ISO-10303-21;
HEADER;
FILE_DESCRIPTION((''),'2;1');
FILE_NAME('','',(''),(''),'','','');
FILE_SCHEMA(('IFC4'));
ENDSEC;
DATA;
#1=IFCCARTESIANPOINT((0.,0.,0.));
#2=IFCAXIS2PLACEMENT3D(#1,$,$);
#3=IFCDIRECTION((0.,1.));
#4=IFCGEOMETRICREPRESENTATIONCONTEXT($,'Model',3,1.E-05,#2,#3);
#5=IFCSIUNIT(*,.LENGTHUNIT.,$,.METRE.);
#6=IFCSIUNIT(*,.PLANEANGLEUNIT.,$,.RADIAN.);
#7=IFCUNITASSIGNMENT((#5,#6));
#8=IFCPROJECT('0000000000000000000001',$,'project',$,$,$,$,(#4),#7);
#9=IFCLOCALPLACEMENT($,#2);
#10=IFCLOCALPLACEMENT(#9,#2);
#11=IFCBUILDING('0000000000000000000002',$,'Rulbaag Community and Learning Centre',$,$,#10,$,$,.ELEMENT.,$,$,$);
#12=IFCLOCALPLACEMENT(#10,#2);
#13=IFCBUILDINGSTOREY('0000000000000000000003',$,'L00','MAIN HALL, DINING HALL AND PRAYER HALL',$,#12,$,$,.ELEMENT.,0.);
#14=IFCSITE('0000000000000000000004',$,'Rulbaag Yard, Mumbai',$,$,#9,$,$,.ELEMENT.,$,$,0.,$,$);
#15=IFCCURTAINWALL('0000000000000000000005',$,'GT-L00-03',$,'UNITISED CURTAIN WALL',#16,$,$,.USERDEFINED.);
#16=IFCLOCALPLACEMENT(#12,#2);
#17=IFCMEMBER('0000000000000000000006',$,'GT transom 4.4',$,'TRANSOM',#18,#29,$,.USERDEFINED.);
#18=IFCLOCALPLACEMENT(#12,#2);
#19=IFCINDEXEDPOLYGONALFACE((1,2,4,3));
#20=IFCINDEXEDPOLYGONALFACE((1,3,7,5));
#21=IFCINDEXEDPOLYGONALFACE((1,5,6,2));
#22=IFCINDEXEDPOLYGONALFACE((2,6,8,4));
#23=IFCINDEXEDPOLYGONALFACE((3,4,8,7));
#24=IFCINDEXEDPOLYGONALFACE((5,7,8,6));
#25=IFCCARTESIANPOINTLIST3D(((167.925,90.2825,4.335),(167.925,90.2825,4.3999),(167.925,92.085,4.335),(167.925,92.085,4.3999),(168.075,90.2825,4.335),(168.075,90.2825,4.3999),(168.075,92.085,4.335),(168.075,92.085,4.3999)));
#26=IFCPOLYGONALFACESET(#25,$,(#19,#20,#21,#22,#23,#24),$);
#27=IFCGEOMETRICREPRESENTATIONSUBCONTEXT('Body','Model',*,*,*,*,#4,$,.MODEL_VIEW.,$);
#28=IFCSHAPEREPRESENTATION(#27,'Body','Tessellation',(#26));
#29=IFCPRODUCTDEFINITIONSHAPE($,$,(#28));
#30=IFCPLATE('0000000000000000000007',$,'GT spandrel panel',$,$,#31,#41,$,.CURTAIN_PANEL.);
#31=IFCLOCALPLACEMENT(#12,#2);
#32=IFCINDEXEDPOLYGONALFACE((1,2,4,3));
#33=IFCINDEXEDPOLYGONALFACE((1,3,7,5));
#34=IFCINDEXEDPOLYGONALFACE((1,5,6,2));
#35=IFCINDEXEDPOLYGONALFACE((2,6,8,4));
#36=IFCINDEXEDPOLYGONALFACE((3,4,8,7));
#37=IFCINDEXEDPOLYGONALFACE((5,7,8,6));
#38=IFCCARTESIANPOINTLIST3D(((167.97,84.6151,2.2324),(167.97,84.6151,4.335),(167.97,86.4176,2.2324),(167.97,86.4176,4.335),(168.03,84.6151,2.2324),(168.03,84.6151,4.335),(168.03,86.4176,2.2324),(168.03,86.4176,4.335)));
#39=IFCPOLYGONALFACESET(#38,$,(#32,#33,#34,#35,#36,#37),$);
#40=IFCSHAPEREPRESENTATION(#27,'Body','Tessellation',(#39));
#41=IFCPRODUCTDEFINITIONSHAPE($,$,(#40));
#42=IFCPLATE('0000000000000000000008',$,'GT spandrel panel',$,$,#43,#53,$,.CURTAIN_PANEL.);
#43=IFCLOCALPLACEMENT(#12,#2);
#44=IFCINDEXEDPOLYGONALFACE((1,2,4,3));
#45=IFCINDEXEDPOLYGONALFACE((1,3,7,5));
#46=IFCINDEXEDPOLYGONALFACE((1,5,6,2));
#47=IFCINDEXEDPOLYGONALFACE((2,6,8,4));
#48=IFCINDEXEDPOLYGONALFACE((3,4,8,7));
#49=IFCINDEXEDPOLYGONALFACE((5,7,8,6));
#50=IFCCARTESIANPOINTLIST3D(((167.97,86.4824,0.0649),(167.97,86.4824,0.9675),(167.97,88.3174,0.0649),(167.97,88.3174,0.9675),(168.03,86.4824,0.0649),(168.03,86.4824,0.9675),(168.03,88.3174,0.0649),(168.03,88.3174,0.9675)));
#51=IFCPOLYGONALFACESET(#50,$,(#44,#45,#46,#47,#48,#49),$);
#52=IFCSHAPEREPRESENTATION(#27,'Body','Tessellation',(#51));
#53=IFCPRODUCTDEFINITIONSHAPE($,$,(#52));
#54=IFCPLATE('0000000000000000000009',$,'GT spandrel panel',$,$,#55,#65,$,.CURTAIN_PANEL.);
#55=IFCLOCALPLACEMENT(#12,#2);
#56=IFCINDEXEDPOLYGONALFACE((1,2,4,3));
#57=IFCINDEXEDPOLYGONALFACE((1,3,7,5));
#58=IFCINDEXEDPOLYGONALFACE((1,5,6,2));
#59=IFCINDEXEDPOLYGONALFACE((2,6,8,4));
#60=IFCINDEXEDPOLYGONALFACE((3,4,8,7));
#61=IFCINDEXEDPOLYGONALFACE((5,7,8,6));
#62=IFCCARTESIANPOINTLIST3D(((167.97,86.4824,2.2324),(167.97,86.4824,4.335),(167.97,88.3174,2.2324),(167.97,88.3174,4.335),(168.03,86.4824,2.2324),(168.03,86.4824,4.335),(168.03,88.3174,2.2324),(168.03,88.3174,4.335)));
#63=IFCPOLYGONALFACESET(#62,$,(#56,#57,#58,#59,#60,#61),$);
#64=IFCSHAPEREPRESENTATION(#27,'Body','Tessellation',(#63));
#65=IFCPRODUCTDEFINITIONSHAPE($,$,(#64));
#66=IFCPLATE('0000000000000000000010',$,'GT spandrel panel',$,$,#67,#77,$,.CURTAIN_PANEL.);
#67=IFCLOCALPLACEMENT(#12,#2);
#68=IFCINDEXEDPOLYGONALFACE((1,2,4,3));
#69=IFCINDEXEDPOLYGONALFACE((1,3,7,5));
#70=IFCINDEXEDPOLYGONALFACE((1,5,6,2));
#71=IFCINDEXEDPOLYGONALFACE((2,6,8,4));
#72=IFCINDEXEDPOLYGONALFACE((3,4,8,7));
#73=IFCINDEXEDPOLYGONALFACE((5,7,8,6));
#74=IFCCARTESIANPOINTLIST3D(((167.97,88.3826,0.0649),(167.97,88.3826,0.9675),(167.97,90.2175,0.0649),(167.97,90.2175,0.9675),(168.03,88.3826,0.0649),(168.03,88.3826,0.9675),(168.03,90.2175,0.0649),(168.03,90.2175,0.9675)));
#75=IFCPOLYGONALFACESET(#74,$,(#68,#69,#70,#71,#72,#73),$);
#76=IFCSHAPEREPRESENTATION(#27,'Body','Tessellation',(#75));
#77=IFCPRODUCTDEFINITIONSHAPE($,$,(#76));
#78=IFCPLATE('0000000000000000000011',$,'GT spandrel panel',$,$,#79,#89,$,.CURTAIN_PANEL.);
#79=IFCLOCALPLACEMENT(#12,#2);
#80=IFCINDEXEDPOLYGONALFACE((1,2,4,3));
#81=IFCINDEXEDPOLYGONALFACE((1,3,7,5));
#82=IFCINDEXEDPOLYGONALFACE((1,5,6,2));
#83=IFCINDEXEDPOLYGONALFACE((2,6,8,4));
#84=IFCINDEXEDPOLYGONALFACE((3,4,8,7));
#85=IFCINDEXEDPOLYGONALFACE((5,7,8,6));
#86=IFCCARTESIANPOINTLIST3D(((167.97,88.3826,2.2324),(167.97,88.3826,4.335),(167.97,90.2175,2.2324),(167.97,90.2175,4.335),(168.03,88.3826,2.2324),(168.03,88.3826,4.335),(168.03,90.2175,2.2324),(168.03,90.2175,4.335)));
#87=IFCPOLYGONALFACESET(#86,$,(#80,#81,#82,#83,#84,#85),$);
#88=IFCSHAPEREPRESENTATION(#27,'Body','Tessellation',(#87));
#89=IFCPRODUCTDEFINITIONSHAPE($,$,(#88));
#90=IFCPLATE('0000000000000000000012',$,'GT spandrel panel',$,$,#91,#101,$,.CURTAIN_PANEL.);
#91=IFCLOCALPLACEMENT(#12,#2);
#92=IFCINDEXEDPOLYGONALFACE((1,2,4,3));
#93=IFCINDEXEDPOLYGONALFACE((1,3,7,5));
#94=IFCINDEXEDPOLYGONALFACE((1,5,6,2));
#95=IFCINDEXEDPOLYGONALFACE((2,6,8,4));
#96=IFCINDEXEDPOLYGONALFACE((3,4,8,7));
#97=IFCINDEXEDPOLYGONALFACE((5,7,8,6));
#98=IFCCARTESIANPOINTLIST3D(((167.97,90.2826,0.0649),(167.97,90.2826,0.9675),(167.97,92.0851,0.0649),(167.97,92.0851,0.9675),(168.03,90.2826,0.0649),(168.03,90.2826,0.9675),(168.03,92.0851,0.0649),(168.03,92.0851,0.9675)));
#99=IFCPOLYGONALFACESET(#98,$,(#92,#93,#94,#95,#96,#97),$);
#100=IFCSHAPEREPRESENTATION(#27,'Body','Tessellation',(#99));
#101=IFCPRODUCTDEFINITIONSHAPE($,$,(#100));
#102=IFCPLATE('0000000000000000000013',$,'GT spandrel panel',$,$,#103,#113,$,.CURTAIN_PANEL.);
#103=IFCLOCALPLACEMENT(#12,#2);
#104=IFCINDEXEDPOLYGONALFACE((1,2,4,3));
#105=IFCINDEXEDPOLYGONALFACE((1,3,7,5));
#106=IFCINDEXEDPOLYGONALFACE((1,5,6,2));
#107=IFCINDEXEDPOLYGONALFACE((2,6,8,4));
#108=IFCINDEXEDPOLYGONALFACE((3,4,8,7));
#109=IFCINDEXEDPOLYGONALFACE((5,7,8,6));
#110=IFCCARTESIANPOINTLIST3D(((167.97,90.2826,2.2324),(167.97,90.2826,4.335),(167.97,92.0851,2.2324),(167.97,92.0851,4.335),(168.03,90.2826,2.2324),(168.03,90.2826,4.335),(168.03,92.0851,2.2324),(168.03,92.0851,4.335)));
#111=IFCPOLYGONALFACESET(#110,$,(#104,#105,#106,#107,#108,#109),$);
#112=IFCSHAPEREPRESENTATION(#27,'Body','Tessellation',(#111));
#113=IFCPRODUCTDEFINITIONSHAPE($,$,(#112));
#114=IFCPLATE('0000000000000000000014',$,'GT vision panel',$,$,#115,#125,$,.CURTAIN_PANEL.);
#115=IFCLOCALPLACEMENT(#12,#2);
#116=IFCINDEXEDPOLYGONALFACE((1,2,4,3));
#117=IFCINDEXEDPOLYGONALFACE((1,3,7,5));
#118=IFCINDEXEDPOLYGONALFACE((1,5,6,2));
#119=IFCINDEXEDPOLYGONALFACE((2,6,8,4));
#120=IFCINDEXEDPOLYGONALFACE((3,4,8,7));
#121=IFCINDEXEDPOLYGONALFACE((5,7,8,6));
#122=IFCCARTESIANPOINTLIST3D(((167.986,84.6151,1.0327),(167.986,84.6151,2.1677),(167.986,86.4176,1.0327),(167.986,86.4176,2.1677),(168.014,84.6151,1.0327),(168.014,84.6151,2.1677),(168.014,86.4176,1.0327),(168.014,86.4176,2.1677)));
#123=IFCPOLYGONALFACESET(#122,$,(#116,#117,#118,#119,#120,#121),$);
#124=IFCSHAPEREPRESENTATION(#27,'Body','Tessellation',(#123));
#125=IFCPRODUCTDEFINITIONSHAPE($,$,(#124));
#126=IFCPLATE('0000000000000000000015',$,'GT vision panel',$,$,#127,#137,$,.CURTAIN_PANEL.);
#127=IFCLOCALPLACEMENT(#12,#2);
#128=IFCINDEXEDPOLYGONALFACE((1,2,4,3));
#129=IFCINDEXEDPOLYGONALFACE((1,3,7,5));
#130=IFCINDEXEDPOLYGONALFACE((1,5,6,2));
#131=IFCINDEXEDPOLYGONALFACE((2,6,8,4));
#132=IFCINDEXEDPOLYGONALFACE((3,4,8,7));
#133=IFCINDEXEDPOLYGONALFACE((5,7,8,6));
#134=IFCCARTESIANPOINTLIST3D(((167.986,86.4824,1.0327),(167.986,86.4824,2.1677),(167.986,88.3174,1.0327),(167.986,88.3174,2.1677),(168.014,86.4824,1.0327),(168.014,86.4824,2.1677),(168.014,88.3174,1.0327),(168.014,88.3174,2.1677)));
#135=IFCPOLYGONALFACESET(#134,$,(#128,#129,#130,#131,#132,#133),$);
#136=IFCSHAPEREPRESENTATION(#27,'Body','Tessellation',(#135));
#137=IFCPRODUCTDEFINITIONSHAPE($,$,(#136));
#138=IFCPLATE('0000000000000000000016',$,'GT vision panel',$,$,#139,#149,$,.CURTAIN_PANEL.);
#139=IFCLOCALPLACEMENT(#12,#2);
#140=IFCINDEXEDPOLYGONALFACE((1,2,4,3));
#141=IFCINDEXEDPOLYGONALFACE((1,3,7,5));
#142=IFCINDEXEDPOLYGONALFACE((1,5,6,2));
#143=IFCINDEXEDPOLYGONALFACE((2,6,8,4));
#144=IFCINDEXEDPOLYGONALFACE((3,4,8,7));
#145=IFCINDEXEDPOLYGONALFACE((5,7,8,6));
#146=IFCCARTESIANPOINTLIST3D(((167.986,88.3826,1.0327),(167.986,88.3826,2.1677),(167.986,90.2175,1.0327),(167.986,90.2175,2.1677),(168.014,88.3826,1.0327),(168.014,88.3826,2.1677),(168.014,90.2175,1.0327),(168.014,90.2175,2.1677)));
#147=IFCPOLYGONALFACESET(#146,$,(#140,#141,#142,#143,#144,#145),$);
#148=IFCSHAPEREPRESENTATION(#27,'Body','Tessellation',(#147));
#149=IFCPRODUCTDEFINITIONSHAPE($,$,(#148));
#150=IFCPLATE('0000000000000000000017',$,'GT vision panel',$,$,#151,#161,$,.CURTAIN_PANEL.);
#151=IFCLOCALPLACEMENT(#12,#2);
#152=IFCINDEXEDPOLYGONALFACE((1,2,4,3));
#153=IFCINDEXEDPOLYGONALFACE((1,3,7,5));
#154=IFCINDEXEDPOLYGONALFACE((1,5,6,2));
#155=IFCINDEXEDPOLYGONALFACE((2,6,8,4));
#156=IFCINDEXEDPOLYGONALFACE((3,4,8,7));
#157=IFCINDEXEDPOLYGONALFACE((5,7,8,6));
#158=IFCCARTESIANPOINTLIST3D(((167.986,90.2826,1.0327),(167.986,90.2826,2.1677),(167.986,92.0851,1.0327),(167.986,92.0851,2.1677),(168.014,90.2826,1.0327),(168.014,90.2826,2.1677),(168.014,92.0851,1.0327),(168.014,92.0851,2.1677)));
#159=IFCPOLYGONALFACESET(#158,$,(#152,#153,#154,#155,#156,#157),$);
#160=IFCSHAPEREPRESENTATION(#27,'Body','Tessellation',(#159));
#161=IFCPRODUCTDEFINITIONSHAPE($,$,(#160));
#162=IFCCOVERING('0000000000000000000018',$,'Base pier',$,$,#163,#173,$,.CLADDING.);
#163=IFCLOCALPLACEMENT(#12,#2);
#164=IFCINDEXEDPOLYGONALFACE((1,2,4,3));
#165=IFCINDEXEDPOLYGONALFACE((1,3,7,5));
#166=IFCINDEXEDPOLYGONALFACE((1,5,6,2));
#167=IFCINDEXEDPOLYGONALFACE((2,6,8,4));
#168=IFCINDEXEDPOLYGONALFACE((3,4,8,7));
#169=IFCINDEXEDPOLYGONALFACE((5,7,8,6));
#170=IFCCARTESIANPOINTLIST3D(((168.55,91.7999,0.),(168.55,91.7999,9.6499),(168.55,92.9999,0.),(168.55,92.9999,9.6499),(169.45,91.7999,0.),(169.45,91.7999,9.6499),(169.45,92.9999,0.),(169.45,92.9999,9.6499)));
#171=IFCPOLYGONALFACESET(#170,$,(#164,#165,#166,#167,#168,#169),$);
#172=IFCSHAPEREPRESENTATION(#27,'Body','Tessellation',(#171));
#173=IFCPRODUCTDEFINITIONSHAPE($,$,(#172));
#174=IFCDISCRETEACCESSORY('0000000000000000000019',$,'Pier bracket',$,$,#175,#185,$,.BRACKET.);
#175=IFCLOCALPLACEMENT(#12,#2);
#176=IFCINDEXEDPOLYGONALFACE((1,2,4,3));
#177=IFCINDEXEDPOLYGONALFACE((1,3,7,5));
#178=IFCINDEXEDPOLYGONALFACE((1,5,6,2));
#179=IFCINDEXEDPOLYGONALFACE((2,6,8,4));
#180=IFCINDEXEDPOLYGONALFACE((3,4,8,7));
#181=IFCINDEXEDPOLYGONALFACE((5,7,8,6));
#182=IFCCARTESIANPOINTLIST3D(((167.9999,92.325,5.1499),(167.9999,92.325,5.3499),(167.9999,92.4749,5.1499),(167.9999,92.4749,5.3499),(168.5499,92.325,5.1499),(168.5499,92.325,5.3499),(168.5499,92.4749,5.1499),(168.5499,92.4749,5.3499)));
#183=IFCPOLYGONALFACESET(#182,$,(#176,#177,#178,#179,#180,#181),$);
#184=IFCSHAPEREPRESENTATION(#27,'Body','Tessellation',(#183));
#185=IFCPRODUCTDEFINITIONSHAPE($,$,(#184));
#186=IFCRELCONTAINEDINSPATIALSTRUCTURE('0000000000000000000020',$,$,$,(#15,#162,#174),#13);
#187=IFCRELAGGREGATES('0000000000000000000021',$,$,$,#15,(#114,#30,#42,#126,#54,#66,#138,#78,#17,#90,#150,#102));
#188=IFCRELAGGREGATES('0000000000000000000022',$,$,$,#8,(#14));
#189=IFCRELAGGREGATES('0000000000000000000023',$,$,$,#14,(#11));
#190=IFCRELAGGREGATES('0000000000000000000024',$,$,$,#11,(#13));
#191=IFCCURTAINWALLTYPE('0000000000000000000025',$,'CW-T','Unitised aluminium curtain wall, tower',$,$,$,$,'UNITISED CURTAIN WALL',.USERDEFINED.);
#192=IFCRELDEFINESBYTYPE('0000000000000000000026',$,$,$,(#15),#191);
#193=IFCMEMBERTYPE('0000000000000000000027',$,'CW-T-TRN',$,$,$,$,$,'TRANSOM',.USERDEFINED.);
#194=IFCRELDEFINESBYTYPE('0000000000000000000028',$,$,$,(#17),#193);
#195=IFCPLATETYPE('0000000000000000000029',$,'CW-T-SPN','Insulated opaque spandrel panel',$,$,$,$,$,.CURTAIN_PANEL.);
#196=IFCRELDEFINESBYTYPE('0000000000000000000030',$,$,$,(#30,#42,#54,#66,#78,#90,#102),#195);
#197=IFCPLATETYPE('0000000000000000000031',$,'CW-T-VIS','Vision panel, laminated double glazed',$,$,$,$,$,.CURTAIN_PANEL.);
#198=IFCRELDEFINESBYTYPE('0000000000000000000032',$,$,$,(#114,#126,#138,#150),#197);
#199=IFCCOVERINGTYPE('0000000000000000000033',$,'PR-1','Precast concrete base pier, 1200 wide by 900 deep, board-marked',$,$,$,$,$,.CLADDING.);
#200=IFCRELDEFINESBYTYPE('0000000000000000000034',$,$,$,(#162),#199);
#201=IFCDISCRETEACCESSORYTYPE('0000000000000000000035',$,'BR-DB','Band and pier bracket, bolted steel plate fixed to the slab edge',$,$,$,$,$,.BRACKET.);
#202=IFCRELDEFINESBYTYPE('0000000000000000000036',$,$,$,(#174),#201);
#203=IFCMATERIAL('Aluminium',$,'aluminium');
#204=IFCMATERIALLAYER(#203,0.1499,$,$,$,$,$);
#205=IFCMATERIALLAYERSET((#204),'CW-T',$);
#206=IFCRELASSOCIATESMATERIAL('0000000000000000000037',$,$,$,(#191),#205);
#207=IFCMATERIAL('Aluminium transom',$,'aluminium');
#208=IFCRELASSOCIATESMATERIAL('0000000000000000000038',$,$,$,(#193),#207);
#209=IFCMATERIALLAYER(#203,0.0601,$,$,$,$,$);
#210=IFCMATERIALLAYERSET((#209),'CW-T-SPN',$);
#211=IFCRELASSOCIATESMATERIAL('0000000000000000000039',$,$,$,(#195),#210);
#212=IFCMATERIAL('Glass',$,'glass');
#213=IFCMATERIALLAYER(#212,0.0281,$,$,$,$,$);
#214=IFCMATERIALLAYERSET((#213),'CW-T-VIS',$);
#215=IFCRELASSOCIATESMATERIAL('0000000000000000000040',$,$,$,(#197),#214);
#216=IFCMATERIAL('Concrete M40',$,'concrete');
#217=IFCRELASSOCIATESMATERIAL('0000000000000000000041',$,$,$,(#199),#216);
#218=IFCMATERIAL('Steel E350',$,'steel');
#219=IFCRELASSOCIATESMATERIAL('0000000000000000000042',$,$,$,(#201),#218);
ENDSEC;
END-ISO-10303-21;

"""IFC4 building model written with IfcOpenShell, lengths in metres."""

from ifc_helpers import new_model, si_unit, direction, frame, origin, origin_2d, place, context, subcontext, project, spatial, rectangle, extrude, material, layer, layer_set, material_profile, profile_set, type_object, element, aggregate, save


model = new_model("IFC4")

# Units and contexts
model_context = context("Model", 3, precision=1e-05, world=origin(), true_north=direction((0.0, 1.0)))
body_context = subcontext(model_context, "Body", "Model", "MODEL_VIEW")
ifc_project = project(units=[si_unit("LENGTHUNIT", "METRE"), si_unit("PLANEANGLEUNIT", "RADIAN")], contexts=[model_context])

# Site, building, storey
site_placement = place(None, origin())
site = spatial("IfcSite", under=ifc_project, at=site_placement, Name="Rulbaag Yard, Mumbai", CompositionType="ELEMENT", RefElevation=0.0)
building_placement = place(site_placement, origin())
building = spatial("IfcBuilding", under=site, at=building_placement, Name="Rulbaag Community and Learning Centre", CompositionType="ELEMENT")
storey_placement = place(building_placement, origin())
storey = spatial("IfcBuildingStorey", under=building, at=storey_placement, Name="L00", Description="MAIN HALL, DINING HALL AND PRAYER HALL", CompositionType="ELEMENT", Elevation=0.0)

# Curtain wall, member, plates
ifc_material_1 = material(Name="Aluminium", Category="aluminium")
ifc_layer_1 = layer(ifc_material_1, 0.1499)
ifc_layer_set_1 = layer_set([ifc_layer_1], Name="CW-T")
curtain_wall_type = type_object("IfcCurtainWallType", Name="CW-T", Description="Unitised aluminium curtain wall, tower", ElementType="UNITISED CURTAIN WALL", PredefinedType="USERDEFINED", material=ifc_layer_set_1)
curtain_wall_placement = place(storey_placement, origin())
curtain_wall = element("IfcCurtainWall", 1, at=curtain_wall_placement, inside=storey, type_object=curtain_wall_type, Name="GT-L00-03", ObjectType="UNITISED CURTAIN WALL", PredefinedType="USERDEFINED")
ifc_material_2 = material(Name="Aluminium transom", Category="aluminium")
ifc_material_profile_1 = material_profile(ifc_material_2, rectangle(XDim=0.1499, YDim=0.0649, at=origin_2d()), Name="AL 65x150 T")
ifc_profile_set_1 = profile_set([ifc_material_profile_1], Name="Aluminium transom")
member_type_1 = type_object("IfcMemberType", Name="CW-T-TRN", ElementType="TRANSOM", PredefinedType="USERDEFINED", material=ifc_profile_set_1)
member_1_placement = place(storey_placement, frame((168.0, 90.2825, 4.3674), z_axis=(0.0, 1.0, 0.0), x_axis=(-1.0, 0.0, 0.0)))
member_1 = element("IfcMember", 2, at=member_1_placement, type_object=member_type_1, Name="GT transom 4.4", ObjectType="TRANSOM", PredefinedType="USERDEFINED", context=body_context, shape_type="SweptSolid", body=[
    extrude(rectangle(XDim=0.1499, YDim=0.0649, at=origin_2d()), origin(), (0.0, 0.0, 1.0), 1.8025),
])
ifc_layer_2 = layer(ifc_material_1, 0.0601)
ifc_layer_set_2 = layer_set([ifc_layer_2], Name="CW-T-SPN")
plate_type_1 = type_object("IfcPlateType", Name="CW-T-SPN", Description="Insulated opaque spandrel panel", PredefinedType="CURTAIN_PANEL", material=ifc_layer_set_2)
plate_1_placement = place(storey_placement, frame((168.0, 85.5164, 2.2324), z_axis=(0.0, 0.0, 1.0), x_axis=(0.0, 1.0, 0.0)))
plate_1 = element("IfcPlate", 3, at=plate_1_placement, type_object=plate_type_1, Name="GT spandrel panel", PredefinedType="CURTAIN_PANEL", context=body_context, shape_type="SweptSolid", body=[
    extrude(rectangle(XDim=1.8025, YDim=0.0601, at=origin_2d()), origin(), (0.0, 0.0, 1.0), 2.1025),
])
plate_2_placement = place(storey_placement, frame((168.0, 87.3999, 0.0649), z_axis=(0.0, 0.0, 1.0), x_axis=(0.0, 1.0, 0.0)))
plate_2 = element("IfcPlate", 4, at=plate_2_placement, type_object=plate_type_1, Name="GT spandrel panel", PredefinedType="CURTAIN_PANEL", context=body_context, shape_type="SweptSolid", body=[
    extrude(rectangle(XDim=1.835, YDim=0.0601, at=origin_2d()), origin(), (0.0, 0.0, 1.0), 0.9026),
])
plate_3_placement = place(storey_placement, frame((168.0, 87.3999, 2.2324), z_axis=(0.0, 0.0, 1.0), x_axis=(0.0, 1.0, 0.0)))
plate_3 = element("IfcPlate", 5, at=plate_3_placement, type_object=plate_type_1, Name="GT spandrel panel", PredefinedType="CURTAIN_PANEL", context=body_context, shape_type="SweptSolid", body=[
    extrude(rectangle(XDim=1.835, YDim=0.0601, at=origin_2d()), origin(), (0.0, 0.0, 1.0), 2.1025),
])
plate_4_placement = place(storey_placement, frame((168.0, 89.3, 0.0649), z_axis=(0.0, 0.0, 1.0), x_axis=(0.0, 1.0, 0.0)))
plate_4 = element("IfcPlate", 6, at=plate_4_placement, type_object=plate_type_1, Name="GT spandrel panel", PredefinedType="CURTAIN_PANEL", context=body_context, shape_type="SweptSolid", body=[
    extrude(rectangle(XDim=1.835, YDim=0.0601, at=origin_2d()), origin(), (0.0, 0.0, 1.0), 0.9026),
])
plate_5_placement = place(storey_placement, frame((168.0, 89.3, 2.2324), z_axis=(0.0, 0.0, 1.0), x_axis=(0.0, 1.0, 0.0)))
plate_5 = element("IfcPlate", 7, at=plate_5_placement, type_object=plate_type_1, Name="GT spandrel panel", PredefinedType="CURTAIN_PANEL", context=body_context, shape_type="SweptSolid", body=[
    extrude(rectangle(XDim=1.835, YDim=0.0601, at=origin_2d()), origin(), (0.0, 0.0, 1.0), 2.1025),
])
plate_6_placement = place(storey_placement, frame((168.0, 91.1838, 0.0649), z_axis=(0.0, 0.0, 1.0), x_axis=(0.0, 1.0, 0.0)))
plate_6 = element("IfcPlate", 8, at=plate_6_placement, type_object=plate_type_1, Name="GT spandrel panel", PredefinedType="CURTAIN_PANEL", context=body_context, shape_type="SweptSolid", body=[
    extrude(rectangle(XDim=1.8025, YDim=0.0601, at=origin_2d()), origin(), (0.0, 0.0, 1.0), 0.9026),
])
plate_7_placement = place(storey_placement, frame((168.0, 91.1838, 2.2324), z_axis=(0.0, 0.0, 1.0), x_axis=(0.0, 1.0, 0.0)))
plate_7 = element("IfcPlate", 9, at=plate_7_placement, type_object=plate_type_1, Name="GT spandrel panel", PredefinedType="CURTAIN_PANEL", context=body_context, shape_type="SweptSolid", body=[
    extrude(rectangle(XDim=1.8025, YDim=0.0601, at=origin_2d()), origin(), (0.0, 0.0, 1.0), 2.1025),
])
ifc_material_3 = material(Name="Glass", Category="glass")
ifc_layer_3 = layer(ifc_material_3, 0.0281)
ifc_layer_set_3 = layer_set([ifc_layer_3], Name="CW-T-VIS")
plate_type_2 = type_object("IfcPlateType", Name="CW-T-VIS", Description="Vision panel, laminated double glazed", PredefinedType="CURTAIN_PANEL", material=ifc_layer_set_3)
plate_8_placement = place(storey_placement, frame((168.0, 85.5164, 1.0327), z_axis=(0.0, 0.0, 1.0), x_axis=(0.0, 1.0, 0.0)))
plate_8 = element("IfcPlate", 10, at=plate_8_placement, type_object=plate_type_2, Name="GT vision panel", PredefinedType="CURTAIN_PANEL", context=body_context, shape_type="SweptSolid", body=[
    extrude(rectangle(XDim=1.8025, YDim=0.0281, at=origin_2d()), origin(), (0.0, 0.0, 1.0), 1.135),
])
plate_9_placement = place(storey_placement, frame((168.0, 87.3999, 1.0327), z_axis=(0.0, 0.0, 1.0), x_axis=(0.0, 1.0, 0.0)))
plate_9 = element("IfcPlate", 11, at=plate_9_placement, type_object=plate_type_2, Name="GT vision panel", PredefinedType="CURTAIN_PANEL", context=body_context, shape_type="SweptSolid", body=[
    extrude(rectangle(XDim=1.835, YDim=0.0281, at=origin_2d()), origin(), (0.0, 0.0, 1.0), 1.135),
])
plate_10_placement = place(storey_placement, frame((168.0, 89.3, 1.0327), z_axis=(0.0, 0.0, 1.0), x_axis=(0.0, 1.0, 0.0)))
plate_10 = element("IfcPlate", 12, at=plate_10_placement, type_object=plate_type_2, Name="GT vision panel", PredefinedType="CURTAIN_PANEL", context=body_context, shape_type="SweptSolid", body=[
    extrude(rectangle(XDim=1.835, YDim=0.0281, at=origin_2d()), origin(), (0.0, 0.0, 1.0), 1.135),
])
plate_11_placement = place(storey_placement, frame((168.0, 91.1838, 1.0327), z_axis=(0.0, 0.0, 1.0), x_axis=(0.0, 1.0, 0.0)))
plate_11 = element("IfcPlate", 13, at=plate_11_placement, type_object=plate_type_2, Name="GT vision panel", PredefinedType="CURTAIN_PANEL", context=body_context, shape_type="SweptSolid", body=[
    extrude(rectangle(XDim=1.8025, YDim=0.0281, at=origin_2d()), origin(), (0.0, 0.0, 1.0), 1.135),
])
aggregate(curtain_wall, [plate_8, plate_1, plate_2, plate_9, plate_3, plate_4, plate_10, plate_5, member_1, plate_6, plate_11, plate_7])

# Covering
ifc_material_4 = material(Name="Concrete M40", Category="concrete")
covering_type = type_object("IfcCoveringType", Name="PR-1", Description="Precast concrete base pier, 1200 wide by 900 deep, board-marked", PredefinedType="CLADDING", material=ifc_material_4)
covering_placement = place(storey_placement, frame((169.0, 92.3999, 0.0), z_axis=(0.0, 0.0, 1.0), x_axis=(1.0, 0.0, 0.0)))
element("IfcCovering", 14, at=covering_placement, inside=storey, type_object=covering_type, Name="Base pier", PredefinedType="CLADDING", context=body_context, shape_type="SweptSolid", body=[
    extrude(rectangle(XDim=0.8999, YDim=1.2, at=origin_2d()), origin(), (0.0, 0.0, 1.0), 9.6499),
])

# Discrete accessory
ifc_material_5 = material(Name="Steel E350", Category="steel")
discrete_accessory_type = type_object("IfcDiscreteAccessoryType", Name="BR-DB", Description="Band and pier bracket, bolted steel plate fixed to the slab edge", PredefinedType="BRACKET", material=ifc_material_5)
discrete_accessory_placement = place(storey_placement, frame((168.2749, 92.3999, 5.1499), z_axis=(0.0, 0.0, 1.0), x_axis=(1.0, 0.0, 0.0)))
element("IfcDiscreteAccessory", 15, at=discrete_accessory_placement, inside=storey, type_object=discrete_accessory_type, Name="Pier bracket", PredefinedType="BRACKET", context=body_context, shape_type="SweptSolid", body=[
    extrude(rectangle(XDim=0.55, YDim=0.1499, at=origin_2d()), origin(), (0.0, 0.0, 1.0), 0.2),
])

save(model, "model.ifc")
